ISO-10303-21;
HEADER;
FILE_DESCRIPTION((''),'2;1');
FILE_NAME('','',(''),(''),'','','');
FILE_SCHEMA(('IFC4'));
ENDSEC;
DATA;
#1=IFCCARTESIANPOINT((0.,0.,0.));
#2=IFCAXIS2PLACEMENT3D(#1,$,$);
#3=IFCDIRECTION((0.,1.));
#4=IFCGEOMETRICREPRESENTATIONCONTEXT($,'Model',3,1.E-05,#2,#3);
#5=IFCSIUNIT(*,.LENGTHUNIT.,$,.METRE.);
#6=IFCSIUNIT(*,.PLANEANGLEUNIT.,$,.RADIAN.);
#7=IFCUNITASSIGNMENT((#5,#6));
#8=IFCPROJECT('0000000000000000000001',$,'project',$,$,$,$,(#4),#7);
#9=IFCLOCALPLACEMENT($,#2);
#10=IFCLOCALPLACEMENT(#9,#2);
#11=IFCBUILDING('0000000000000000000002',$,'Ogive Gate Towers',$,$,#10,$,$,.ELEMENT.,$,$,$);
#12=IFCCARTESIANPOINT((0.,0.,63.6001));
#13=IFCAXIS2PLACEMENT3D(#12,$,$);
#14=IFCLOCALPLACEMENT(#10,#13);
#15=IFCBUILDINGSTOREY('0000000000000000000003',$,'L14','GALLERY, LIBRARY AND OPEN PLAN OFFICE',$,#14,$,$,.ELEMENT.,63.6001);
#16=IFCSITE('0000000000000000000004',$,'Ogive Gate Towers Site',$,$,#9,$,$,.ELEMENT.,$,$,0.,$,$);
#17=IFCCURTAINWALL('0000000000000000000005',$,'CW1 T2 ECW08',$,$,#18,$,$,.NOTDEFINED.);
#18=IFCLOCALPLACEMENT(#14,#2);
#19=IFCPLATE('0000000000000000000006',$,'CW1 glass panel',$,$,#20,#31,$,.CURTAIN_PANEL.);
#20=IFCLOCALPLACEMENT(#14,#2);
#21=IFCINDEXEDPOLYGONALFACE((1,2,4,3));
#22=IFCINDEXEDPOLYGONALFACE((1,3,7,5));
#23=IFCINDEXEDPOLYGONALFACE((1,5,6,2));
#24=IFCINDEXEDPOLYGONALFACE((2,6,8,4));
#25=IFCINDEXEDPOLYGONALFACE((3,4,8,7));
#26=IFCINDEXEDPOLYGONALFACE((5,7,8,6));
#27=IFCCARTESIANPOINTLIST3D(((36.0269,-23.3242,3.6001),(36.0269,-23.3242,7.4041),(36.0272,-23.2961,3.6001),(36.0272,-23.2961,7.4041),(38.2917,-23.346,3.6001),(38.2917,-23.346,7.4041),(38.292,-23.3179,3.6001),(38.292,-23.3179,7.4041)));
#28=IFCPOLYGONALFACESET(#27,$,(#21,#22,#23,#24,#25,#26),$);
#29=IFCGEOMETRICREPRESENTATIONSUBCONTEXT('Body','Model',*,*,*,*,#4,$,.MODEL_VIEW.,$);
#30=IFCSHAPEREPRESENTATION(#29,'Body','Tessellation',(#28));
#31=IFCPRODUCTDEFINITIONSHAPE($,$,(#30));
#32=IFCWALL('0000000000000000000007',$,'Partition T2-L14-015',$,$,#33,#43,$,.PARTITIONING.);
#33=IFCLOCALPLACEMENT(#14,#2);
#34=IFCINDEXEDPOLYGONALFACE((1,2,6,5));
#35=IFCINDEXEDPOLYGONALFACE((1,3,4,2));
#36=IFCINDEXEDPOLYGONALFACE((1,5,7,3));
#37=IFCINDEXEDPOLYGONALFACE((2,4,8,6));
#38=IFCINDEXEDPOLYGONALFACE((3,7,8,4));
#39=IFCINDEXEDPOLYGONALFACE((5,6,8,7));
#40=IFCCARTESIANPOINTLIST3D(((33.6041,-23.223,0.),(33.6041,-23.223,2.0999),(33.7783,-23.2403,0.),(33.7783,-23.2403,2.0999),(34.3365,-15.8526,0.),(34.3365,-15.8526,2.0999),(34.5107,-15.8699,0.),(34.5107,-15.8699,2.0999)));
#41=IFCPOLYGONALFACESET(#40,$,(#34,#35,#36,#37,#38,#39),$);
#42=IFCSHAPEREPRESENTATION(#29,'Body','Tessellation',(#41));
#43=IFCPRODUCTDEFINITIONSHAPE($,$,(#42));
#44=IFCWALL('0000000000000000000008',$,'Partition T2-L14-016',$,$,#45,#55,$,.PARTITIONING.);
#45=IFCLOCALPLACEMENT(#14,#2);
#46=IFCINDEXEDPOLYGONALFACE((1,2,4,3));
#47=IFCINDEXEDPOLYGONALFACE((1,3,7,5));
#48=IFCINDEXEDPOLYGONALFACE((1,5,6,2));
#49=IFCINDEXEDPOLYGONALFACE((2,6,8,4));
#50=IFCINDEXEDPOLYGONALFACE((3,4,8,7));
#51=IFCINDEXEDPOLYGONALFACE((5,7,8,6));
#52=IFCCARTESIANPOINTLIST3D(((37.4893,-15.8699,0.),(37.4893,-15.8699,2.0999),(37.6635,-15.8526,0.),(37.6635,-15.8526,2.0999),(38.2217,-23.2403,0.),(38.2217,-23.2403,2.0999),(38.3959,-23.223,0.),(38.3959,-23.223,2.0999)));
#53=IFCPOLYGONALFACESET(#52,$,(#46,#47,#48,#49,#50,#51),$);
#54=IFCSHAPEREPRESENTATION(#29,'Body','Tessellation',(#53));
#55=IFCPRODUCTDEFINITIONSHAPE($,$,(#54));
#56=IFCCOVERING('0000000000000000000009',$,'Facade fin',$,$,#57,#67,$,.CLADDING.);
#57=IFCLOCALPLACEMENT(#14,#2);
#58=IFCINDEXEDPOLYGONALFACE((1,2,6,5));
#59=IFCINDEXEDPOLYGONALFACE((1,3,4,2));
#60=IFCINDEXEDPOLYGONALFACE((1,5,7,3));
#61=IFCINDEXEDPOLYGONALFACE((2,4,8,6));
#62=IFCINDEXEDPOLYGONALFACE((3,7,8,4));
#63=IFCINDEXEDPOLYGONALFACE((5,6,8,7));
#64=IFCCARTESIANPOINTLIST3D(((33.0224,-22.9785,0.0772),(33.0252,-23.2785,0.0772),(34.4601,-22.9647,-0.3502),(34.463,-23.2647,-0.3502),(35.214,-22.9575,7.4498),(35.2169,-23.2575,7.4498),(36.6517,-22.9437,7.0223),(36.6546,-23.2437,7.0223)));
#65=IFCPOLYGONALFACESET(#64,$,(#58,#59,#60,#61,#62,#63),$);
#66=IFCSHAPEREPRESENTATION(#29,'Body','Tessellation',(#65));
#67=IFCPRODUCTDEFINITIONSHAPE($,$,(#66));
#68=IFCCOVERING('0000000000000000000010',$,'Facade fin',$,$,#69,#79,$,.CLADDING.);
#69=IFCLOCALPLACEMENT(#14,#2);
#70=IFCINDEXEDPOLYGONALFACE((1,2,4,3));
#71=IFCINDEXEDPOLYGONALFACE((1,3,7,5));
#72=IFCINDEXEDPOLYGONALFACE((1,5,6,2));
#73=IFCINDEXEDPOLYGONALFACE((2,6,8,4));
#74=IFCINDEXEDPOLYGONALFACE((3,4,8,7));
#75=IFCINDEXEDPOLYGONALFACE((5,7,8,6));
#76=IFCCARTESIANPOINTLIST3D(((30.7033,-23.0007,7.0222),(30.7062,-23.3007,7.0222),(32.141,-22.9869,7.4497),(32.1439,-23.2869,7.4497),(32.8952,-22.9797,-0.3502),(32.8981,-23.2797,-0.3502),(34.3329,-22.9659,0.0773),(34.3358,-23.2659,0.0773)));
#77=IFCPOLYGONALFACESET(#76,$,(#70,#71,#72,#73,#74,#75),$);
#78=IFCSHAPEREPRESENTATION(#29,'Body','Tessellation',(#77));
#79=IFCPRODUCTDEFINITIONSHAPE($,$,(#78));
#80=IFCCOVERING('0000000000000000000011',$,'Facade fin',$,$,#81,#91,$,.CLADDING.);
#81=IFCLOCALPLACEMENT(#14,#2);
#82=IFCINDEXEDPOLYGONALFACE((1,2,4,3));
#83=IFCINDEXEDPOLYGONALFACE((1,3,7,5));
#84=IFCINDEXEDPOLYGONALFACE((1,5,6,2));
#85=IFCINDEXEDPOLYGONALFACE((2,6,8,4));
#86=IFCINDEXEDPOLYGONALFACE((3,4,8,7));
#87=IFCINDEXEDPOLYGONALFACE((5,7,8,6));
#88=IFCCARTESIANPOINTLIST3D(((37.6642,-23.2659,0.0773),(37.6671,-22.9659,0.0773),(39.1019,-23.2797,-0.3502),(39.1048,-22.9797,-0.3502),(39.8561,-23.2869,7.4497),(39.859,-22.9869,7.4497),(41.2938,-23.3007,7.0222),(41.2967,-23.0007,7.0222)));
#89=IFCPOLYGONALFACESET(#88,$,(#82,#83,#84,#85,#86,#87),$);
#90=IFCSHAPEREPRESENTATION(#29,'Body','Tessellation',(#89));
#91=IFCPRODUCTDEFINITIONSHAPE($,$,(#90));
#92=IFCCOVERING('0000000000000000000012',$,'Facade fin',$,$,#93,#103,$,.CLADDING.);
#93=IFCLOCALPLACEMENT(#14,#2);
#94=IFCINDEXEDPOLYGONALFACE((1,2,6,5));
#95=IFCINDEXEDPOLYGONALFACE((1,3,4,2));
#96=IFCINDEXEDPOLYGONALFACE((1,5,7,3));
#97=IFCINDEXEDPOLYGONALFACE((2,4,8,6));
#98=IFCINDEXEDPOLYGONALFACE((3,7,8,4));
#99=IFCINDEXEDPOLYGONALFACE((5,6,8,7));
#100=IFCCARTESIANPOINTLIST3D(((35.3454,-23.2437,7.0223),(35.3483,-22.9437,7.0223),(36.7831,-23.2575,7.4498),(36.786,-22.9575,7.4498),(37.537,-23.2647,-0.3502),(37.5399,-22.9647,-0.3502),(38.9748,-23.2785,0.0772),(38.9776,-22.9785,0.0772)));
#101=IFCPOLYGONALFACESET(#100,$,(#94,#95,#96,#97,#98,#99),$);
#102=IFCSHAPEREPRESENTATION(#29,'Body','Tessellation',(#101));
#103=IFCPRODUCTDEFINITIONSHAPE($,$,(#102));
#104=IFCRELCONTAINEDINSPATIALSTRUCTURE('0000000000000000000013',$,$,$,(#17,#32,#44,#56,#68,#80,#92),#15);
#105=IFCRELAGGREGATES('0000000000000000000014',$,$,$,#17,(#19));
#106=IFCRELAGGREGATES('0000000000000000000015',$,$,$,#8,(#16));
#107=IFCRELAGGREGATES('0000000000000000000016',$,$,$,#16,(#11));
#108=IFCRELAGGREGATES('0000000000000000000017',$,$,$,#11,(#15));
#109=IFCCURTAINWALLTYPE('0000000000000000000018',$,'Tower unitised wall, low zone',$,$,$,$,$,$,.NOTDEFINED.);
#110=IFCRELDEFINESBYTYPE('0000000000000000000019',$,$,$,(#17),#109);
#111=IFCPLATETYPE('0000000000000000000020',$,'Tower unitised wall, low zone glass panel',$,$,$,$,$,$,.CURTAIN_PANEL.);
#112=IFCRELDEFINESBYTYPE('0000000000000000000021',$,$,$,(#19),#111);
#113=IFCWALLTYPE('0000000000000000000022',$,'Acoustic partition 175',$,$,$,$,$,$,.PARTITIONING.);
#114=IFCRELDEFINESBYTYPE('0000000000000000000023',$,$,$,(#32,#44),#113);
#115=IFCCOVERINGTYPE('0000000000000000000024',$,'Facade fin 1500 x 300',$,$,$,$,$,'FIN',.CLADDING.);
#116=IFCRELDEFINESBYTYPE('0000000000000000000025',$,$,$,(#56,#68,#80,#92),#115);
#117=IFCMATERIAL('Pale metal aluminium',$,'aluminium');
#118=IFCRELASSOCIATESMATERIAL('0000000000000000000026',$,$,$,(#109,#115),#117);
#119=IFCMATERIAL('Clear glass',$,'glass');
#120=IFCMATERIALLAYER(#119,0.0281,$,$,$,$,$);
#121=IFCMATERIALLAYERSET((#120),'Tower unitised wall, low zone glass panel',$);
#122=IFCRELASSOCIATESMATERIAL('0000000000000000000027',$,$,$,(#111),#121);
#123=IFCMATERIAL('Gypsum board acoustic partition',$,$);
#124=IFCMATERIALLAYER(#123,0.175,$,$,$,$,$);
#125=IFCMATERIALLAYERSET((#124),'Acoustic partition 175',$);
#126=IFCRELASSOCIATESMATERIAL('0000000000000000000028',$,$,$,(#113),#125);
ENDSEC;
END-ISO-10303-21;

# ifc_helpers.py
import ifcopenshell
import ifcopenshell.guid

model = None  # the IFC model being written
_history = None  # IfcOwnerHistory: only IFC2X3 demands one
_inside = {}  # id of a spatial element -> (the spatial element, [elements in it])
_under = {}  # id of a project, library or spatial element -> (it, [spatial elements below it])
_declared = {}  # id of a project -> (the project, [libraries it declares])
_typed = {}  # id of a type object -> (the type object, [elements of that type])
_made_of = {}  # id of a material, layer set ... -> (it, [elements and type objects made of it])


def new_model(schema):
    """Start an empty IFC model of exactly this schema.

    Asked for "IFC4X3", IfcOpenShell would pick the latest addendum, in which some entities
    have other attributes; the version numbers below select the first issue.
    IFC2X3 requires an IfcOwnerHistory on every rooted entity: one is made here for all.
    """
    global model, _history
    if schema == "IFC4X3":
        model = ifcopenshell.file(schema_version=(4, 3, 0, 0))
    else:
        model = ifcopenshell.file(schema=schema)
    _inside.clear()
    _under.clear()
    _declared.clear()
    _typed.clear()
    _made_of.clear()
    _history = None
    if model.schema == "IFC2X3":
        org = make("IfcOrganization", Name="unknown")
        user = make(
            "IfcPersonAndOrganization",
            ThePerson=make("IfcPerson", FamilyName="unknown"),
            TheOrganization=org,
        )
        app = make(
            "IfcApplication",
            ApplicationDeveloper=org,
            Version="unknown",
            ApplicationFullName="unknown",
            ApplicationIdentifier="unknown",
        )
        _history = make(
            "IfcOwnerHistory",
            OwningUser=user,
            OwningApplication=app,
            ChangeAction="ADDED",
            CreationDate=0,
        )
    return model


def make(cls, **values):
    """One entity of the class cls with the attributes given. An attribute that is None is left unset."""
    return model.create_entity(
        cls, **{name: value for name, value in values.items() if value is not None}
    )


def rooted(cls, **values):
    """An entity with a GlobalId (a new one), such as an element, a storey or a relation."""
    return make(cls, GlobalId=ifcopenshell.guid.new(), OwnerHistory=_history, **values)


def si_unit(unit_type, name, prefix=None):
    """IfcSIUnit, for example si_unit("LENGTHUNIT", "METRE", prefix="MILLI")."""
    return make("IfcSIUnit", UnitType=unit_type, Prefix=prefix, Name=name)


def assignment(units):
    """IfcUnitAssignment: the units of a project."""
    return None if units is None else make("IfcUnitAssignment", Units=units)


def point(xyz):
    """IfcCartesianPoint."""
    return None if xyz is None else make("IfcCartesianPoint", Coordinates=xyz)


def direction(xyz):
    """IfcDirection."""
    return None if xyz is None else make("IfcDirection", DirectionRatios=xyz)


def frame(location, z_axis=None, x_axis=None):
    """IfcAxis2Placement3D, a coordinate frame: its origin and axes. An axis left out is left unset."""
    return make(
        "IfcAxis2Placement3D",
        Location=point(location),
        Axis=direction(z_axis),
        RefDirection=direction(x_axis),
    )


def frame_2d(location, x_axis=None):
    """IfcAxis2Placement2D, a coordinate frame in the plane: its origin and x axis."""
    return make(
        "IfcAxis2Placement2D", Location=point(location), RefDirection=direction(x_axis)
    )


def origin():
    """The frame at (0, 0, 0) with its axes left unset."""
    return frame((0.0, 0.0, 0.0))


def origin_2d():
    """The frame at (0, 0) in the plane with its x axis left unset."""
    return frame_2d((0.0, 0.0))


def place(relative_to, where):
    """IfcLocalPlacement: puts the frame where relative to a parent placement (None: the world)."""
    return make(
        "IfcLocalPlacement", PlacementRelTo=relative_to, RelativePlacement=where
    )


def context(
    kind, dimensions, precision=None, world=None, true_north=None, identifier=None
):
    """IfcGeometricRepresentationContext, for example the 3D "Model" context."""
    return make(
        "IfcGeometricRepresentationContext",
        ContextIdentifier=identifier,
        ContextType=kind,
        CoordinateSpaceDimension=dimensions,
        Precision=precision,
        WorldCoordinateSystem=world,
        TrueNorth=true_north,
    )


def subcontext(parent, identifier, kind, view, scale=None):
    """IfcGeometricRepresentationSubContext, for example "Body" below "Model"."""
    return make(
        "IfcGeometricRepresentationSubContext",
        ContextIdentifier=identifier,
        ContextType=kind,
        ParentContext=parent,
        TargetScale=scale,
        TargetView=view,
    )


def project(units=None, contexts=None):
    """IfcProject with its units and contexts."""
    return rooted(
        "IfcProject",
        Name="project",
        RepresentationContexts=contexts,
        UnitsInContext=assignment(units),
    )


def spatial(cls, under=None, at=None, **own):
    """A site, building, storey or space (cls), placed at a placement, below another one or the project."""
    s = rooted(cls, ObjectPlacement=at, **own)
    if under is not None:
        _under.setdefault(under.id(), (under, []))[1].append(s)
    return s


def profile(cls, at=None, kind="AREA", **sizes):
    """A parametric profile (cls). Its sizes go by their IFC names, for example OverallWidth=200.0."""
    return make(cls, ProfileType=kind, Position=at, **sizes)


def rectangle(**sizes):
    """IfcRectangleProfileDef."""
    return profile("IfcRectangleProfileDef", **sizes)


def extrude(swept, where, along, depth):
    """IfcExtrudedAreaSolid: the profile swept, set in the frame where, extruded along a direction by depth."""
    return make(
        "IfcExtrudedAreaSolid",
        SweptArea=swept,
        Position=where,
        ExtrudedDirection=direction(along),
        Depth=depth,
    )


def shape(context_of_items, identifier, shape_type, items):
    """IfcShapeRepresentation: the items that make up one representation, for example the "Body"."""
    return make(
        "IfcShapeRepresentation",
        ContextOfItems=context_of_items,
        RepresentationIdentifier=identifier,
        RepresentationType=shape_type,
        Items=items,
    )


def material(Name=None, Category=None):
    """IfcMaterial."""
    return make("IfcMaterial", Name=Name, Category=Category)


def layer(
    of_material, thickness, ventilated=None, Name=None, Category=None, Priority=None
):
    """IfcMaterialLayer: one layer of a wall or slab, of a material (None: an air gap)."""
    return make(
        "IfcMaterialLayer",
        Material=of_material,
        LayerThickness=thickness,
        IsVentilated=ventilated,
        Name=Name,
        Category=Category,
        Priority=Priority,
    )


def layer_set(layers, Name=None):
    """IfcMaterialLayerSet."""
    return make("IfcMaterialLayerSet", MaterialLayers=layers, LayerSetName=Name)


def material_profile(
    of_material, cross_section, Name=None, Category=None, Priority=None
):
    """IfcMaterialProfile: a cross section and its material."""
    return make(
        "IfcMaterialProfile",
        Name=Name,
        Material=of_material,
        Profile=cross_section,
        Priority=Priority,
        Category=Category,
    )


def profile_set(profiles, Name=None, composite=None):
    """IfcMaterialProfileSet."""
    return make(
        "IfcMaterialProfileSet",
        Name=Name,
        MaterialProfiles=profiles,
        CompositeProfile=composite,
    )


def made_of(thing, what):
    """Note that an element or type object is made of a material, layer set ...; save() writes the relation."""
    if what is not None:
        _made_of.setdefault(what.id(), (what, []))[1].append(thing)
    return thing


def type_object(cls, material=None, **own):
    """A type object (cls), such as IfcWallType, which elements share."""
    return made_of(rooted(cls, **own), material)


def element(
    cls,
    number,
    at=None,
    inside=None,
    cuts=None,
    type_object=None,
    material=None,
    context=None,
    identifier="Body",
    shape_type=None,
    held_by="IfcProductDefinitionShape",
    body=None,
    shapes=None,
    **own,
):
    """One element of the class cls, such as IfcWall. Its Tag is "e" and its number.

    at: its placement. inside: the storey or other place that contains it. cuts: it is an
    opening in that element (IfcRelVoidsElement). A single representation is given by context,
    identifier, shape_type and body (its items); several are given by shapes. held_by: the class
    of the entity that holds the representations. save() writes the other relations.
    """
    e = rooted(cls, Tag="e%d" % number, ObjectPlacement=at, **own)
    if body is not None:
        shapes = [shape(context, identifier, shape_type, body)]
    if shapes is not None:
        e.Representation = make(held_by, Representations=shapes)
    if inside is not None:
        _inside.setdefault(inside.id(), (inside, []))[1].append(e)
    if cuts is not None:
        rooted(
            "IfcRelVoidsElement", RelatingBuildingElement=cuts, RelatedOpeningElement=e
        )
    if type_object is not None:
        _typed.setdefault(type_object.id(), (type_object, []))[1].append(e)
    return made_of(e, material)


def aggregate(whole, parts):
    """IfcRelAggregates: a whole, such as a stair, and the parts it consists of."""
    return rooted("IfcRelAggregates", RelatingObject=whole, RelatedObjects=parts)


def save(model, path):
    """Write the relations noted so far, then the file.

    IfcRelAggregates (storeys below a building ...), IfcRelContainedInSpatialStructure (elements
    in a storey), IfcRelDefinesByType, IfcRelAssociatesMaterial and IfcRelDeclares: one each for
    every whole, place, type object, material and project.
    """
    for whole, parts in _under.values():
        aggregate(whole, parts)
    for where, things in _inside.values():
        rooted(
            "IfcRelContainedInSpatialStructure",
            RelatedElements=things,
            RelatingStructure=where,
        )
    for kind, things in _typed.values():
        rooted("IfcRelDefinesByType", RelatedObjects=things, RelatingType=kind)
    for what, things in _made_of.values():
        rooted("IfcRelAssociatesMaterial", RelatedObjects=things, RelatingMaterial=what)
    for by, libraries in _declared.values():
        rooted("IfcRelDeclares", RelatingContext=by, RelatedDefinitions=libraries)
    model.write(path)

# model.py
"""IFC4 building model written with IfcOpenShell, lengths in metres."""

from ifc_helpers import new_model, si_unit, direction, frame, frame_2d, origin, origin_2d, place, context, subcontext, project, spatial, rectangle, extrude, material, layer, layer_set, material_profile, profile_set, type_object, element, aggregate, save


model = new_model("IFC4")

# Units and contexts
model_context = context("Model", 3, precision=1e-05, world=origin(), true_north=direction((0.0, 1.0)))
body_context = subcontext(model_context, "Body", "Model", "MODEL_VIEW")
ifc_project = project(units=[si_unit("LENGTHUNIT", "METRE"), si_unit("PLANEANGLEUNIT", "RADIAN")], contexts=[model_context])

# Site, building, storey
site_placement = place(None, origin())
site = spatial("IfcSite", under=ifc_project, at=site_placement, Name="Ogive Gate Towers Site", CompositionType="ELEMENT", RefElevation=0.0)
building_placement = place(site_placement, origin())
building = spatial("IfcBuilding", under=site, at=building_placement, Name="Ogive Gate Towers", CompositionType="ELEMENT")
storey_placement = place(building_placement, frame((0.0, 0.0, 63.6001)))
storey = spatial("IfcBuildingStorey", under=building, at=storey_placement, Name="L14", Description="GALLERY, LIBRARY AND OPEN PLAN OFFICE", CompositionType="ELEMENT", Elevation=63.6001)

# Shared definitions
ifc_material_1 = material(Name="Pale metal aluminium", Category="aluminium")
curtain_wall_type = type_object("IfcCurtainWallType", Name="Tower unitised wall, low zone", PredefinedType="NOTDEFINED", material=ifc_material_1)

# Curtain wall
curtain_wall_1_placement = place(storey_placement, origin())
curtain_wall_1 = element("IfcCurtainWall", 1, at=curtain_wall_1_placement, inside=storey, type_object=curtain_wall_type, Name="CW1 T2 ECW08", PredefinedType="NOTDEFINED")

# Plate
ifc_material_2 = material(Name="Clear glass", Category="glass")
ifc_layer_1 = layer(ifc_material_2, 0.0281)
ifc_layer_set_1 = layer_set([ifc_layer_1], Name="Tower unitised wall, low zone glass panel")
plate_type = type_object("IfcPlateType", Name="Tower unitised wall, low zone glass panel", PredefinedType="CURTAIN_PANEL", material=ifc_layer_set_1)
plate_1_placement = place(storey_placement, frame((37.1594, -23.321, 3.6001), z_axis=(0.0, 0.0, 1.0), x_axis=(-0.999954, 0.009617, 0.0)))
plate_1 = element("IfcPlate", 2, at=plate_1_placement, type_object=plate_type, Name="CW1 glass panel", PredefinedType="CURTAIN_PANEL", context=body_context, shape_type="SweptSolid", body=[
    extrude(rectangle(XDim=2.2649, YDim=0.0281, at=origin_2d()), origin(), (0.0, 0.0, 1.0), 3.804),
])
aggregate(curtain_wall_1, [plate_1])

# Walls
ifc_material_3 = material(Name="Gypsum board acoustic partition")
ifc_layer_2 = layer(ifc_material_3, 0.175)
ifc_layer_set_2 = layer_set([ifc_layer_2], Name="Acoustic partition 175")
wall_type = type_object("IfcWallType", Name="Acoustic partition 175", PredefinedType="PARTITIONING", material=ifc_layer_set_2)
for number, where, z_axis, x_axis, name in (
    (3, (33.6912, -23.2317, 0.0), (0.0, 0.0, 1.0), (0.098887, 0.995099, 0.0), "Partition T2-L14-015"),
    (4, (38.3088, -23.2317, 0.0), (0.0, 0.0, 1.0), (-0.098887, 0.995099, 0.0), "Partition T2-L14-016"),
):
    element("IfcWall", number, at=place(storey_placement, frame(where, z_axis=z_axis, x_axis=x_axis)), inside=storey, type_object=wall_type, Name=name, PredefinedType="PARTITIONING", context=body_context, shape_type="SweptSolid", body=[
        extrude(rectangle(XDim=7.4067, YDim=0.175, at=frame_2d((3.7034, 0.0))), origin(), (0.0, 0.0, 1.0), 2.0999),
    ])

# Coverings
ifc_material_profile_1 = material_profile(ifc_material_1, rectangle(XDim=0.3, YDim=1.5, at=origin_2d()), Name="1500 x 300 pale metal aluminium")
ifc_profile_set_1 = profile_set([ifc_material_profile_1], Name="Pale metal aluminium")
covering_type = type_object("IfcCoveringType", Name="Facade fin 1500 x 300", ElementType="FIN", PredefinedType="CLADDING", material=ifc_profile_set_1)
for number, where, z_axis, x_axis, name in (
    (5, (33.7427, -23.1216, -0.1365), (0.284946, 0.00273, 0.95854), (-0.00958, 0.999954, 0.0), "Facade fin"),
    (6, (33.6155, -23.1228, -0.1365), (-0.284976, -0.00273, 0.958531), (0.009579, -0.999954, 0.0), "Facade fin"),
    (7, (38.3845, -23.1228, -0.1365), (0.284976, -0.00273, 0.958531), (0.009579, 0.999954, 0.0), "Facade fin"),
    (8, (38.2573, -23.1216, -0.1365), (-0.284946, 0.00273, 0.95854), (-0.00958, -0.999954, 0.0), "Facade fin"),
):
    element("IfcCovering", number, at=place(storey_placement, frame(where, z_axis=z_axis, x_axis=x_axis)), inside=storey, type_object=covering_type, Name=name, PredefinedType="CLADDING", context=body_context, shape_type="SweptSolid", body=[
        extrude(rectangle(XDim=0.3, YDim=1.5, at=origin_2d()), origin(), (0.0, 0.0, 1.0), 7.6914),
    ])

save(model, "model.ifc")
